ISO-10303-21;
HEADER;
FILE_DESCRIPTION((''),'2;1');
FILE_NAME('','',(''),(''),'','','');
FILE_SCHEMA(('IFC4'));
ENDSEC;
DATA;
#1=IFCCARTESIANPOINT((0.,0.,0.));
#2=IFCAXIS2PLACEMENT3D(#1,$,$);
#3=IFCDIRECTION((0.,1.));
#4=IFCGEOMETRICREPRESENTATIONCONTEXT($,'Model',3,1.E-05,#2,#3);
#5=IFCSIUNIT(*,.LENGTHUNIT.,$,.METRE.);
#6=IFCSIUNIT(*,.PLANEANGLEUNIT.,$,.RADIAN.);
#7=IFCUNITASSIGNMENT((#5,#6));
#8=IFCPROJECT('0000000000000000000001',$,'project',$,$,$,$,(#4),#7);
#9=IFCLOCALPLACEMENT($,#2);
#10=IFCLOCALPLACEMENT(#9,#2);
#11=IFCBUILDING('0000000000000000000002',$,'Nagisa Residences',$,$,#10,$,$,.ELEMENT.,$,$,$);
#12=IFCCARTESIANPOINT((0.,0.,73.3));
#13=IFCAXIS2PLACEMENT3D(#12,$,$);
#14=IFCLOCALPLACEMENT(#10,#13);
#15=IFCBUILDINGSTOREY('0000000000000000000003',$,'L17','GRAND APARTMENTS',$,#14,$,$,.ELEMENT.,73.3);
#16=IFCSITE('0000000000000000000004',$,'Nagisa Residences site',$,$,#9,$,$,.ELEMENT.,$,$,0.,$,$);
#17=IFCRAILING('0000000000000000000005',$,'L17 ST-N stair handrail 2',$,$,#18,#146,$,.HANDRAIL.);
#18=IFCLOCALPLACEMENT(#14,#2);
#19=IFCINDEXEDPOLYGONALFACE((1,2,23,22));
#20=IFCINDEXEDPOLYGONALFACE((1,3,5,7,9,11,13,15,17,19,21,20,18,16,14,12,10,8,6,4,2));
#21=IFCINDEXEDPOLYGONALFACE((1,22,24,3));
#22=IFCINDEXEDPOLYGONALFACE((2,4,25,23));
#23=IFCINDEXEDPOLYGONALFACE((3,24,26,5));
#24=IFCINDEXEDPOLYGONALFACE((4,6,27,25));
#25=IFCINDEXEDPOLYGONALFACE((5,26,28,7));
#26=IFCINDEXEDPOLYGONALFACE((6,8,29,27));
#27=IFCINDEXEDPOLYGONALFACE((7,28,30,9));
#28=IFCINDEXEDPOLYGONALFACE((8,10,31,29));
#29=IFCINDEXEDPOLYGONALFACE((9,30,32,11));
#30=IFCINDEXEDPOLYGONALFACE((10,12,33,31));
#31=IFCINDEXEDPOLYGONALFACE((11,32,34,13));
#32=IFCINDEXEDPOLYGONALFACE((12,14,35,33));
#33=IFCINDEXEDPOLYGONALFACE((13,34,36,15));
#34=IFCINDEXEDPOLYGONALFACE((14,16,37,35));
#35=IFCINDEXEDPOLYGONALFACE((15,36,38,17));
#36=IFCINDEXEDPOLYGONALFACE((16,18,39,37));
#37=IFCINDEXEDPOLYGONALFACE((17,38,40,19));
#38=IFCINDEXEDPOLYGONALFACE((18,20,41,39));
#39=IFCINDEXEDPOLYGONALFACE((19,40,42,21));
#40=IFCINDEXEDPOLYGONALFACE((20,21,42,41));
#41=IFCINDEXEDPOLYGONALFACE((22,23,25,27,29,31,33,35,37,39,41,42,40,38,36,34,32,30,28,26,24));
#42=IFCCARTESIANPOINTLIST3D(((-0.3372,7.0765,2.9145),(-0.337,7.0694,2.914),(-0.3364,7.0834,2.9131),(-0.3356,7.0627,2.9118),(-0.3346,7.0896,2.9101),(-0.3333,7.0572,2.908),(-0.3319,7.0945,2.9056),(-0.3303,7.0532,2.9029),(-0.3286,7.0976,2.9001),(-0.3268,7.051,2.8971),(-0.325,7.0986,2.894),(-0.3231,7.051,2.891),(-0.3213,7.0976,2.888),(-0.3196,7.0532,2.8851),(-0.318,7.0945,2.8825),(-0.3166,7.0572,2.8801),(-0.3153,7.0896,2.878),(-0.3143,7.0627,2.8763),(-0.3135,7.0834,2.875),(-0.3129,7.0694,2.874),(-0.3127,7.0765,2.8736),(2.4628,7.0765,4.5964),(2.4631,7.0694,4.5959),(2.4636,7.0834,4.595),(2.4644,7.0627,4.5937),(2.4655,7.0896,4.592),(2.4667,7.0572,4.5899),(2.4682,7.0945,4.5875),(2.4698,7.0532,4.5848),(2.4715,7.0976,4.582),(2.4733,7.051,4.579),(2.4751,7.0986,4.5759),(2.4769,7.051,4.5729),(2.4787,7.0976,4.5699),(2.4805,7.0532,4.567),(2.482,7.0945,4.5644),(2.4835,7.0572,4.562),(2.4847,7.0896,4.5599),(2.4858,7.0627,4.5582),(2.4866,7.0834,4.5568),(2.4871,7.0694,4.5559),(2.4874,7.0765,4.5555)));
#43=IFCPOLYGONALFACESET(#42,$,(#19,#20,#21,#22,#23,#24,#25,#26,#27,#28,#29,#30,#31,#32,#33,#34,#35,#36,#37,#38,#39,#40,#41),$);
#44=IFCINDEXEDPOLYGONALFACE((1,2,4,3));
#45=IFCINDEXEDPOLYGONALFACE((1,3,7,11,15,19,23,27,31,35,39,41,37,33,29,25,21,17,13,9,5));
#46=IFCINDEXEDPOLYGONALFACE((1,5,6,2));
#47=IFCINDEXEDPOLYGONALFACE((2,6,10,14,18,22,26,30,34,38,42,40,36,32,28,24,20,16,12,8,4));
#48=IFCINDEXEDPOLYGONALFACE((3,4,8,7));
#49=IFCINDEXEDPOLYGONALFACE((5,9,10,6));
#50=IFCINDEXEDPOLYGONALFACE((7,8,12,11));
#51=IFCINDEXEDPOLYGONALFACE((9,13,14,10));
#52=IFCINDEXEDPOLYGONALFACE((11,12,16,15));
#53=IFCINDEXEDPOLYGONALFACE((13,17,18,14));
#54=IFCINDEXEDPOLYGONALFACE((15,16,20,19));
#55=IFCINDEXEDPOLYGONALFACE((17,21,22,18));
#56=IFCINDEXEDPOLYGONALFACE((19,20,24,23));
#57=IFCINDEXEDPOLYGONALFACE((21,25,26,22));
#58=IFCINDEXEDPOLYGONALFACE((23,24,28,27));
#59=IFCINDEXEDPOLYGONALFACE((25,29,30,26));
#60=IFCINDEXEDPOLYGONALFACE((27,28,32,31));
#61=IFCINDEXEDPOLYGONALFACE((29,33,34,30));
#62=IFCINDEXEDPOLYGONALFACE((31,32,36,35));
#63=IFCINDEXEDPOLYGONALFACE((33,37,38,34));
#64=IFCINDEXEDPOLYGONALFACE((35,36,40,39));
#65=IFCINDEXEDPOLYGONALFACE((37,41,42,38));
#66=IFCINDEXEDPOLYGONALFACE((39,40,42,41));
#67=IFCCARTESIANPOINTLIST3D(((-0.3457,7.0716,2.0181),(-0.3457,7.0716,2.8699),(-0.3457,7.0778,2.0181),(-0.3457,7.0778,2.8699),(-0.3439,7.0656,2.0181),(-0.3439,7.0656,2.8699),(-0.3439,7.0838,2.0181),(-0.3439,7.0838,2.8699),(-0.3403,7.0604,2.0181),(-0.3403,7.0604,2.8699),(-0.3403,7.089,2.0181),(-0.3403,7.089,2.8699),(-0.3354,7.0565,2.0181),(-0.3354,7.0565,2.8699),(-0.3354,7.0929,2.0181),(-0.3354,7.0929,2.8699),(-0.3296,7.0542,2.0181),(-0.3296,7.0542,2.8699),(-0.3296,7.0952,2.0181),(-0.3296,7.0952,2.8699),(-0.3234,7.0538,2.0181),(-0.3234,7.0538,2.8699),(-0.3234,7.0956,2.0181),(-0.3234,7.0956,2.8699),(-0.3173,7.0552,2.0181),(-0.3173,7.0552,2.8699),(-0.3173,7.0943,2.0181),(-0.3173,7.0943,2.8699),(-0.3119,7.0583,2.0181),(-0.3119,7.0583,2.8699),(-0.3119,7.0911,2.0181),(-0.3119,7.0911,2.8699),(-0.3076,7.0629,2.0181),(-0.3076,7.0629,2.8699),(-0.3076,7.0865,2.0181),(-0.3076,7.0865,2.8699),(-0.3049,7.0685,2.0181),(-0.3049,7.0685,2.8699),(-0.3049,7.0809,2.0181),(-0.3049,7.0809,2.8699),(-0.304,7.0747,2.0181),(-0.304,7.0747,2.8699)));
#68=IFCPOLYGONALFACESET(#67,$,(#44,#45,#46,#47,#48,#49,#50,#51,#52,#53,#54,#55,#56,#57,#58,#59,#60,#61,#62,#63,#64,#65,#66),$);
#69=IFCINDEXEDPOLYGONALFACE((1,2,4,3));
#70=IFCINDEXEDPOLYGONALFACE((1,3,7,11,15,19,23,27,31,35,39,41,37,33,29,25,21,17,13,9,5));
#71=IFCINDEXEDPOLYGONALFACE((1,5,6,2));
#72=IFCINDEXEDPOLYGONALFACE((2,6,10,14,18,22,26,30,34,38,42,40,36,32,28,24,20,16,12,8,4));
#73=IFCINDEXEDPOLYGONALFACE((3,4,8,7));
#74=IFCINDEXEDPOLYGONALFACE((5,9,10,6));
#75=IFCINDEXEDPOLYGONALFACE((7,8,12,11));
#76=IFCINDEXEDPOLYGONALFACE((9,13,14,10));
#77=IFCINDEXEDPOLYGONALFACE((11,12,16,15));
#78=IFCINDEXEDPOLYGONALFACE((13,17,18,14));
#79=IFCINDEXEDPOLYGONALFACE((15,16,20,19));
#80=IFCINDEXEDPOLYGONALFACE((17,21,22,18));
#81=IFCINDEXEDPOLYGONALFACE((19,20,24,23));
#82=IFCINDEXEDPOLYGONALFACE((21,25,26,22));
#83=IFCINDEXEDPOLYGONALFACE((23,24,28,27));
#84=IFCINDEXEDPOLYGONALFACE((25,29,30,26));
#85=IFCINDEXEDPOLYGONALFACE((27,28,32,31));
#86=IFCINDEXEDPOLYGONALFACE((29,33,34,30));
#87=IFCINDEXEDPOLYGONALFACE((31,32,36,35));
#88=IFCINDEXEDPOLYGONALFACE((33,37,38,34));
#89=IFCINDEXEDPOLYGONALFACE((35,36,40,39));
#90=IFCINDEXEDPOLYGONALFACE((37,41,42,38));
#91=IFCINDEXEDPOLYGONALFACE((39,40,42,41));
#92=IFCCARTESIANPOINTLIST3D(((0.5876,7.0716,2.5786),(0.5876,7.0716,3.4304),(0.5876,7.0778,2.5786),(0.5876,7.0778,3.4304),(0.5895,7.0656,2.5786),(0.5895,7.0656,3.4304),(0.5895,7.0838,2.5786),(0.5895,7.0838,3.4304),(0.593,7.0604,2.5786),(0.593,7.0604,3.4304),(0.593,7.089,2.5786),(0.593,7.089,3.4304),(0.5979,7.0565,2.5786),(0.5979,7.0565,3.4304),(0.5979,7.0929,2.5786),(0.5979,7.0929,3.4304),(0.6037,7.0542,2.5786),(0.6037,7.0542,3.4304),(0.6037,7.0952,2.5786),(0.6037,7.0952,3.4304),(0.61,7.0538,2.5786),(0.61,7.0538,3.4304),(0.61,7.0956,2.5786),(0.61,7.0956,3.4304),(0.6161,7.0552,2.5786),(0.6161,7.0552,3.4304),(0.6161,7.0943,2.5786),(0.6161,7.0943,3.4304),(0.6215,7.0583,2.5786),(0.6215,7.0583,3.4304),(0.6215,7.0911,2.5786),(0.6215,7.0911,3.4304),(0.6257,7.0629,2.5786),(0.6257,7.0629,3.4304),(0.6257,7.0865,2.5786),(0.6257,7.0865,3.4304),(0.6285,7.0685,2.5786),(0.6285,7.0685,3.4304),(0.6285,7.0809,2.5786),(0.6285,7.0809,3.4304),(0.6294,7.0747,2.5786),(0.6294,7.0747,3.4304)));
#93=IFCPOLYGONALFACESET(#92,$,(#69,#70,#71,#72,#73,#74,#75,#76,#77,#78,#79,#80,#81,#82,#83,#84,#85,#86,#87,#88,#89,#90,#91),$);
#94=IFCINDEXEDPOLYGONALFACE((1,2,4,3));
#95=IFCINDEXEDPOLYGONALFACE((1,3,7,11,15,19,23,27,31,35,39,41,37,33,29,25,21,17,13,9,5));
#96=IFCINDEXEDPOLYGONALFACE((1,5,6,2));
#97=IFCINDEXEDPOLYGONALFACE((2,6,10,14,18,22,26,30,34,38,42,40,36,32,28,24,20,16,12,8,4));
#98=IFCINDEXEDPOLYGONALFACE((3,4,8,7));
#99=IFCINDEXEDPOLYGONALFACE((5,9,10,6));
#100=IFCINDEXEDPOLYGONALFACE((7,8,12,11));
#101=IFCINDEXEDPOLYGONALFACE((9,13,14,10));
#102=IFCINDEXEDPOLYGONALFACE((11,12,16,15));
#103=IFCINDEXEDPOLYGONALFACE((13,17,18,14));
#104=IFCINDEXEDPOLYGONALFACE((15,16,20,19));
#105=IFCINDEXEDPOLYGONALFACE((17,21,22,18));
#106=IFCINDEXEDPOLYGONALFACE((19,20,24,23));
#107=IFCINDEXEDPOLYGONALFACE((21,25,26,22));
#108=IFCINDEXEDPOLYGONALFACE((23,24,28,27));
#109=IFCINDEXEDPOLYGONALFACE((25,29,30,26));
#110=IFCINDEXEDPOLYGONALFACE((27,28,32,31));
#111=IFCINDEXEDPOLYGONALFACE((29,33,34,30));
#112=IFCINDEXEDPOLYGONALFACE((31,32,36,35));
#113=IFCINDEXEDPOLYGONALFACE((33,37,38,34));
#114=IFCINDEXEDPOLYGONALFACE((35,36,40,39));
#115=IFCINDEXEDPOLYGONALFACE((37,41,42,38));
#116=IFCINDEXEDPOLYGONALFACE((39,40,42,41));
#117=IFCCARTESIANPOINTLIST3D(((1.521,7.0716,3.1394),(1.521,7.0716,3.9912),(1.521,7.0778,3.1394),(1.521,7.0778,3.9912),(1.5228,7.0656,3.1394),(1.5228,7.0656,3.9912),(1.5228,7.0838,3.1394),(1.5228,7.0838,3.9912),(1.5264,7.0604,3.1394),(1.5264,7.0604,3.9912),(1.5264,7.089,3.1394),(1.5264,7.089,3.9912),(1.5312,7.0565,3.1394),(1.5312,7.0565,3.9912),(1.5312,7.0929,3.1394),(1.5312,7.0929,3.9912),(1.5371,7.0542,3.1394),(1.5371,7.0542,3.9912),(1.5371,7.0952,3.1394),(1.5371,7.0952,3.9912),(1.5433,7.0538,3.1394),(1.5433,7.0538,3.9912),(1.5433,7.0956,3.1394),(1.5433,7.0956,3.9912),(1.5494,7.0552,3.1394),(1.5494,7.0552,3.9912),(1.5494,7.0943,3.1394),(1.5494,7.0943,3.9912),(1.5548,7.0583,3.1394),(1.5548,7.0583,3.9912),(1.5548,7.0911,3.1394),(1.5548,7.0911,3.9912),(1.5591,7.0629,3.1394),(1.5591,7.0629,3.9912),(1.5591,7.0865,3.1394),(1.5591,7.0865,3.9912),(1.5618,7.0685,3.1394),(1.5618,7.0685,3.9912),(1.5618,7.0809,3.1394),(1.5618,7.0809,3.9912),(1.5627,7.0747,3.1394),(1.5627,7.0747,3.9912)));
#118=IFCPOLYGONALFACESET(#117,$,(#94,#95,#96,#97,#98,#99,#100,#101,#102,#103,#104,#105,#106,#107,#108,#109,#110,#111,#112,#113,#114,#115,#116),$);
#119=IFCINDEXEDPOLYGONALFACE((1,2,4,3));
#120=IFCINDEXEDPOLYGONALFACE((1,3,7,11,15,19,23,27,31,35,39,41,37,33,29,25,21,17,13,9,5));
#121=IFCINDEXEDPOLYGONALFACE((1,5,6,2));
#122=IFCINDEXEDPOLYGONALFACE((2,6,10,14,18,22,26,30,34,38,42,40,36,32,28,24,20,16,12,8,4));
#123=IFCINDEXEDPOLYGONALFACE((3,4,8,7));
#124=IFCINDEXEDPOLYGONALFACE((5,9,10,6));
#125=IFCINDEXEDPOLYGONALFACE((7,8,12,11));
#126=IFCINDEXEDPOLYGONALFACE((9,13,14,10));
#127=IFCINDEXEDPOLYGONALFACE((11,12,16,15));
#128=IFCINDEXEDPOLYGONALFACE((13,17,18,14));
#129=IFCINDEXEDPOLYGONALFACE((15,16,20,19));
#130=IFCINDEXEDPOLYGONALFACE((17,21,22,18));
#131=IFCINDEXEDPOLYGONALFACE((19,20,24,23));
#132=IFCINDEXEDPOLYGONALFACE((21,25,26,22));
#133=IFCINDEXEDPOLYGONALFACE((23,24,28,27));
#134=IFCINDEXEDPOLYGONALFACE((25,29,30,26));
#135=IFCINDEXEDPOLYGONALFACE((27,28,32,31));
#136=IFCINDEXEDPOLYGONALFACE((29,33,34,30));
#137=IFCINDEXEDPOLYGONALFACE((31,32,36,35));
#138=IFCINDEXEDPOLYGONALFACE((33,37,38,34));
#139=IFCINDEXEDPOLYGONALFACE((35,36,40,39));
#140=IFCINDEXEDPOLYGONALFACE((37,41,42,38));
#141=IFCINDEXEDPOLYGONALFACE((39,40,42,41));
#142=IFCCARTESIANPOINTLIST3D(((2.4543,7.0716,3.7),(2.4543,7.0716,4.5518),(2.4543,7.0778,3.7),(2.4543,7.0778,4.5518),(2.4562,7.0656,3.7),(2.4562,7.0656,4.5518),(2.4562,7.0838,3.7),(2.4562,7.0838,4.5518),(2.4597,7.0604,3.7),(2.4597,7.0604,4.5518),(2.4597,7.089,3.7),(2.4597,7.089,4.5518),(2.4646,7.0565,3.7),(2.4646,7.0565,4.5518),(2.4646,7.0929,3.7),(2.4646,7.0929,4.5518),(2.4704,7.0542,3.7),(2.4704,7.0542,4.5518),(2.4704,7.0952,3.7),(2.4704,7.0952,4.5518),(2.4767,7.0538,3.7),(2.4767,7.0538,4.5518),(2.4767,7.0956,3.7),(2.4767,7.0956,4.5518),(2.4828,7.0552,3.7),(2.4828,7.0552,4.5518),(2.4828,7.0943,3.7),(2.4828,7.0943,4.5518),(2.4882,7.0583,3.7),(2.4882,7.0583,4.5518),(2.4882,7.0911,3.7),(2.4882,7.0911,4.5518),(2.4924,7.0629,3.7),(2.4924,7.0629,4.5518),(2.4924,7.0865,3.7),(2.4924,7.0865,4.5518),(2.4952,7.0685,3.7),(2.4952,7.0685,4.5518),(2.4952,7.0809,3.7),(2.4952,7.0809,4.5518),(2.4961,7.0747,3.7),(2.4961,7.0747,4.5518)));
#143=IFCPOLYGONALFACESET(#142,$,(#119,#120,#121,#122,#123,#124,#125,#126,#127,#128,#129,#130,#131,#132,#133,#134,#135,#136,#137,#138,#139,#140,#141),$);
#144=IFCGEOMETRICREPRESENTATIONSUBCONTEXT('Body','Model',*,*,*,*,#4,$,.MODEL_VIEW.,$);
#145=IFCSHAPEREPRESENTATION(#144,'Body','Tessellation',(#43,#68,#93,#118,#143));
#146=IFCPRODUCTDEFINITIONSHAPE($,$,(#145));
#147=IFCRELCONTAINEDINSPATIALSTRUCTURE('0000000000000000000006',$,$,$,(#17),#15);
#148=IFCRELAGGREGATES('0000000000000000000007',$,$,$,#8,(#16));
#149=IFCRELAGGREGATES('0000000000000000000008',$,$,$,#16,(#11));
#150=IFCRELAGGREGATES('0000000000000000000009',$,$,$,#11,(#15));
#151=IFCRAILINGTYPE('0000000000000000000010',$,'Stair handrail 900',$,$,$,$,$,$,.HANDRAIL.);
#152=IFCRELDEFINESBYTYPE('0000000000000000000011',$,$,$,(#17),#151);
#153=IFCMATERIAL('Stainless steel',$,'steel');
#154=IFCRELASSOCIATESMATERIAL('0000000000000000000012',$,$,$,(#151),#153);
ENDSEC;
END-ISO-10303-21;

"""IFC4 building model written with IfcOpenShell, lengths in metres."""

from ifc_helpers import new_model, si_unit, direction, frame, origin, origin_2d, place, context, subcontext, project, spatial, circle, extrude, material, type_object, element, save


model = new_model("IFC4")

# Units and contexts
model_context = context("Model", 3, precision=1e-05, world=origin(), true_north=direction((0.0, 1.0)))
body_context = subcontext(model_context, "Body", "Model", "MODEL_VIEW")
ifc_project = project(units=[si_unit("LENGTHUNIT", "METRE"), si_unit("PLANEANGLEUNIT", "RADIAN")], contexts=[model_context])

# Site, building, storey
site_placement = place(None, origin())
site = spatial("IfcSite", under=ifc_project, at=site_placement, Name="Nagisa Residences site", CompositionType="ELEMENT", RefElevation=0.0)
building_placement = place(site_placement, origin())
building = spatial("IfcBuilding", under=site, at=building_placement, Name="Nagisa Residences", CompositionType="ELEMENT")
storey_placement = place(building_placement, frame((0.0, 0.0, 73.3)))
storey = spatial("IfcBuildingStorey", under=building, at=storey_placement, Name="L17", Description="GRAND APARTMENTS", CompositionType="ELEMENT", Elevation=73.3)

# Railing
ifc_material_1 = material(Name="Stainless steel", Category="steel")
railing_type = type_object("IfcRailingType", Name="Stair handrail 900", PredefinedType="HANDRAIL", material=ifc_material_1)
railing_placement = place(storey_placement, frame((-0.325, 7.0747, 2.0181)))
element("IfcRailing", 1, at=railing_placement, inside=storey, type_object=railing_type, Name="L17 ST-N stair handrail 2", PredefinedType="HANDRAIL", context=body_context, shape_type="SweptSolid", body=[
    extrude(circle(Radius=0.0239, at=origin_2d()), frame((0.0, 0.0, 0.876), z_axis=(0.857242, 0.0, 0.514913), x_axis=(0.0, 1.0, 0.0)), (0.0, 0.0, 1.0), 3.2664),
    extrude(circle(Radius=0.021, at=origin_2d()), origin(), (0.0, 0.0, 1.0), 0.8518),
    extrude(circle(Radius=0.021, at=origin_2d()), frame((0.9333, 0.0, 0.5605)), (0.0, 0.0, 1.0), 0.8518),
    extrude(circle(Radius=0.021, at=origin_2d()), frame((1.8667, 0.0, 1.1213)), (0.0, 0.0, 1.0), 0.8518),
    extrude(circle(Radius=0.021, at=origin_2d()), frame((2.8, 0.0, 1.6819)), (0.0, 0.0, 1.0), 0.8518),
])

save(model, "model.ifc")
